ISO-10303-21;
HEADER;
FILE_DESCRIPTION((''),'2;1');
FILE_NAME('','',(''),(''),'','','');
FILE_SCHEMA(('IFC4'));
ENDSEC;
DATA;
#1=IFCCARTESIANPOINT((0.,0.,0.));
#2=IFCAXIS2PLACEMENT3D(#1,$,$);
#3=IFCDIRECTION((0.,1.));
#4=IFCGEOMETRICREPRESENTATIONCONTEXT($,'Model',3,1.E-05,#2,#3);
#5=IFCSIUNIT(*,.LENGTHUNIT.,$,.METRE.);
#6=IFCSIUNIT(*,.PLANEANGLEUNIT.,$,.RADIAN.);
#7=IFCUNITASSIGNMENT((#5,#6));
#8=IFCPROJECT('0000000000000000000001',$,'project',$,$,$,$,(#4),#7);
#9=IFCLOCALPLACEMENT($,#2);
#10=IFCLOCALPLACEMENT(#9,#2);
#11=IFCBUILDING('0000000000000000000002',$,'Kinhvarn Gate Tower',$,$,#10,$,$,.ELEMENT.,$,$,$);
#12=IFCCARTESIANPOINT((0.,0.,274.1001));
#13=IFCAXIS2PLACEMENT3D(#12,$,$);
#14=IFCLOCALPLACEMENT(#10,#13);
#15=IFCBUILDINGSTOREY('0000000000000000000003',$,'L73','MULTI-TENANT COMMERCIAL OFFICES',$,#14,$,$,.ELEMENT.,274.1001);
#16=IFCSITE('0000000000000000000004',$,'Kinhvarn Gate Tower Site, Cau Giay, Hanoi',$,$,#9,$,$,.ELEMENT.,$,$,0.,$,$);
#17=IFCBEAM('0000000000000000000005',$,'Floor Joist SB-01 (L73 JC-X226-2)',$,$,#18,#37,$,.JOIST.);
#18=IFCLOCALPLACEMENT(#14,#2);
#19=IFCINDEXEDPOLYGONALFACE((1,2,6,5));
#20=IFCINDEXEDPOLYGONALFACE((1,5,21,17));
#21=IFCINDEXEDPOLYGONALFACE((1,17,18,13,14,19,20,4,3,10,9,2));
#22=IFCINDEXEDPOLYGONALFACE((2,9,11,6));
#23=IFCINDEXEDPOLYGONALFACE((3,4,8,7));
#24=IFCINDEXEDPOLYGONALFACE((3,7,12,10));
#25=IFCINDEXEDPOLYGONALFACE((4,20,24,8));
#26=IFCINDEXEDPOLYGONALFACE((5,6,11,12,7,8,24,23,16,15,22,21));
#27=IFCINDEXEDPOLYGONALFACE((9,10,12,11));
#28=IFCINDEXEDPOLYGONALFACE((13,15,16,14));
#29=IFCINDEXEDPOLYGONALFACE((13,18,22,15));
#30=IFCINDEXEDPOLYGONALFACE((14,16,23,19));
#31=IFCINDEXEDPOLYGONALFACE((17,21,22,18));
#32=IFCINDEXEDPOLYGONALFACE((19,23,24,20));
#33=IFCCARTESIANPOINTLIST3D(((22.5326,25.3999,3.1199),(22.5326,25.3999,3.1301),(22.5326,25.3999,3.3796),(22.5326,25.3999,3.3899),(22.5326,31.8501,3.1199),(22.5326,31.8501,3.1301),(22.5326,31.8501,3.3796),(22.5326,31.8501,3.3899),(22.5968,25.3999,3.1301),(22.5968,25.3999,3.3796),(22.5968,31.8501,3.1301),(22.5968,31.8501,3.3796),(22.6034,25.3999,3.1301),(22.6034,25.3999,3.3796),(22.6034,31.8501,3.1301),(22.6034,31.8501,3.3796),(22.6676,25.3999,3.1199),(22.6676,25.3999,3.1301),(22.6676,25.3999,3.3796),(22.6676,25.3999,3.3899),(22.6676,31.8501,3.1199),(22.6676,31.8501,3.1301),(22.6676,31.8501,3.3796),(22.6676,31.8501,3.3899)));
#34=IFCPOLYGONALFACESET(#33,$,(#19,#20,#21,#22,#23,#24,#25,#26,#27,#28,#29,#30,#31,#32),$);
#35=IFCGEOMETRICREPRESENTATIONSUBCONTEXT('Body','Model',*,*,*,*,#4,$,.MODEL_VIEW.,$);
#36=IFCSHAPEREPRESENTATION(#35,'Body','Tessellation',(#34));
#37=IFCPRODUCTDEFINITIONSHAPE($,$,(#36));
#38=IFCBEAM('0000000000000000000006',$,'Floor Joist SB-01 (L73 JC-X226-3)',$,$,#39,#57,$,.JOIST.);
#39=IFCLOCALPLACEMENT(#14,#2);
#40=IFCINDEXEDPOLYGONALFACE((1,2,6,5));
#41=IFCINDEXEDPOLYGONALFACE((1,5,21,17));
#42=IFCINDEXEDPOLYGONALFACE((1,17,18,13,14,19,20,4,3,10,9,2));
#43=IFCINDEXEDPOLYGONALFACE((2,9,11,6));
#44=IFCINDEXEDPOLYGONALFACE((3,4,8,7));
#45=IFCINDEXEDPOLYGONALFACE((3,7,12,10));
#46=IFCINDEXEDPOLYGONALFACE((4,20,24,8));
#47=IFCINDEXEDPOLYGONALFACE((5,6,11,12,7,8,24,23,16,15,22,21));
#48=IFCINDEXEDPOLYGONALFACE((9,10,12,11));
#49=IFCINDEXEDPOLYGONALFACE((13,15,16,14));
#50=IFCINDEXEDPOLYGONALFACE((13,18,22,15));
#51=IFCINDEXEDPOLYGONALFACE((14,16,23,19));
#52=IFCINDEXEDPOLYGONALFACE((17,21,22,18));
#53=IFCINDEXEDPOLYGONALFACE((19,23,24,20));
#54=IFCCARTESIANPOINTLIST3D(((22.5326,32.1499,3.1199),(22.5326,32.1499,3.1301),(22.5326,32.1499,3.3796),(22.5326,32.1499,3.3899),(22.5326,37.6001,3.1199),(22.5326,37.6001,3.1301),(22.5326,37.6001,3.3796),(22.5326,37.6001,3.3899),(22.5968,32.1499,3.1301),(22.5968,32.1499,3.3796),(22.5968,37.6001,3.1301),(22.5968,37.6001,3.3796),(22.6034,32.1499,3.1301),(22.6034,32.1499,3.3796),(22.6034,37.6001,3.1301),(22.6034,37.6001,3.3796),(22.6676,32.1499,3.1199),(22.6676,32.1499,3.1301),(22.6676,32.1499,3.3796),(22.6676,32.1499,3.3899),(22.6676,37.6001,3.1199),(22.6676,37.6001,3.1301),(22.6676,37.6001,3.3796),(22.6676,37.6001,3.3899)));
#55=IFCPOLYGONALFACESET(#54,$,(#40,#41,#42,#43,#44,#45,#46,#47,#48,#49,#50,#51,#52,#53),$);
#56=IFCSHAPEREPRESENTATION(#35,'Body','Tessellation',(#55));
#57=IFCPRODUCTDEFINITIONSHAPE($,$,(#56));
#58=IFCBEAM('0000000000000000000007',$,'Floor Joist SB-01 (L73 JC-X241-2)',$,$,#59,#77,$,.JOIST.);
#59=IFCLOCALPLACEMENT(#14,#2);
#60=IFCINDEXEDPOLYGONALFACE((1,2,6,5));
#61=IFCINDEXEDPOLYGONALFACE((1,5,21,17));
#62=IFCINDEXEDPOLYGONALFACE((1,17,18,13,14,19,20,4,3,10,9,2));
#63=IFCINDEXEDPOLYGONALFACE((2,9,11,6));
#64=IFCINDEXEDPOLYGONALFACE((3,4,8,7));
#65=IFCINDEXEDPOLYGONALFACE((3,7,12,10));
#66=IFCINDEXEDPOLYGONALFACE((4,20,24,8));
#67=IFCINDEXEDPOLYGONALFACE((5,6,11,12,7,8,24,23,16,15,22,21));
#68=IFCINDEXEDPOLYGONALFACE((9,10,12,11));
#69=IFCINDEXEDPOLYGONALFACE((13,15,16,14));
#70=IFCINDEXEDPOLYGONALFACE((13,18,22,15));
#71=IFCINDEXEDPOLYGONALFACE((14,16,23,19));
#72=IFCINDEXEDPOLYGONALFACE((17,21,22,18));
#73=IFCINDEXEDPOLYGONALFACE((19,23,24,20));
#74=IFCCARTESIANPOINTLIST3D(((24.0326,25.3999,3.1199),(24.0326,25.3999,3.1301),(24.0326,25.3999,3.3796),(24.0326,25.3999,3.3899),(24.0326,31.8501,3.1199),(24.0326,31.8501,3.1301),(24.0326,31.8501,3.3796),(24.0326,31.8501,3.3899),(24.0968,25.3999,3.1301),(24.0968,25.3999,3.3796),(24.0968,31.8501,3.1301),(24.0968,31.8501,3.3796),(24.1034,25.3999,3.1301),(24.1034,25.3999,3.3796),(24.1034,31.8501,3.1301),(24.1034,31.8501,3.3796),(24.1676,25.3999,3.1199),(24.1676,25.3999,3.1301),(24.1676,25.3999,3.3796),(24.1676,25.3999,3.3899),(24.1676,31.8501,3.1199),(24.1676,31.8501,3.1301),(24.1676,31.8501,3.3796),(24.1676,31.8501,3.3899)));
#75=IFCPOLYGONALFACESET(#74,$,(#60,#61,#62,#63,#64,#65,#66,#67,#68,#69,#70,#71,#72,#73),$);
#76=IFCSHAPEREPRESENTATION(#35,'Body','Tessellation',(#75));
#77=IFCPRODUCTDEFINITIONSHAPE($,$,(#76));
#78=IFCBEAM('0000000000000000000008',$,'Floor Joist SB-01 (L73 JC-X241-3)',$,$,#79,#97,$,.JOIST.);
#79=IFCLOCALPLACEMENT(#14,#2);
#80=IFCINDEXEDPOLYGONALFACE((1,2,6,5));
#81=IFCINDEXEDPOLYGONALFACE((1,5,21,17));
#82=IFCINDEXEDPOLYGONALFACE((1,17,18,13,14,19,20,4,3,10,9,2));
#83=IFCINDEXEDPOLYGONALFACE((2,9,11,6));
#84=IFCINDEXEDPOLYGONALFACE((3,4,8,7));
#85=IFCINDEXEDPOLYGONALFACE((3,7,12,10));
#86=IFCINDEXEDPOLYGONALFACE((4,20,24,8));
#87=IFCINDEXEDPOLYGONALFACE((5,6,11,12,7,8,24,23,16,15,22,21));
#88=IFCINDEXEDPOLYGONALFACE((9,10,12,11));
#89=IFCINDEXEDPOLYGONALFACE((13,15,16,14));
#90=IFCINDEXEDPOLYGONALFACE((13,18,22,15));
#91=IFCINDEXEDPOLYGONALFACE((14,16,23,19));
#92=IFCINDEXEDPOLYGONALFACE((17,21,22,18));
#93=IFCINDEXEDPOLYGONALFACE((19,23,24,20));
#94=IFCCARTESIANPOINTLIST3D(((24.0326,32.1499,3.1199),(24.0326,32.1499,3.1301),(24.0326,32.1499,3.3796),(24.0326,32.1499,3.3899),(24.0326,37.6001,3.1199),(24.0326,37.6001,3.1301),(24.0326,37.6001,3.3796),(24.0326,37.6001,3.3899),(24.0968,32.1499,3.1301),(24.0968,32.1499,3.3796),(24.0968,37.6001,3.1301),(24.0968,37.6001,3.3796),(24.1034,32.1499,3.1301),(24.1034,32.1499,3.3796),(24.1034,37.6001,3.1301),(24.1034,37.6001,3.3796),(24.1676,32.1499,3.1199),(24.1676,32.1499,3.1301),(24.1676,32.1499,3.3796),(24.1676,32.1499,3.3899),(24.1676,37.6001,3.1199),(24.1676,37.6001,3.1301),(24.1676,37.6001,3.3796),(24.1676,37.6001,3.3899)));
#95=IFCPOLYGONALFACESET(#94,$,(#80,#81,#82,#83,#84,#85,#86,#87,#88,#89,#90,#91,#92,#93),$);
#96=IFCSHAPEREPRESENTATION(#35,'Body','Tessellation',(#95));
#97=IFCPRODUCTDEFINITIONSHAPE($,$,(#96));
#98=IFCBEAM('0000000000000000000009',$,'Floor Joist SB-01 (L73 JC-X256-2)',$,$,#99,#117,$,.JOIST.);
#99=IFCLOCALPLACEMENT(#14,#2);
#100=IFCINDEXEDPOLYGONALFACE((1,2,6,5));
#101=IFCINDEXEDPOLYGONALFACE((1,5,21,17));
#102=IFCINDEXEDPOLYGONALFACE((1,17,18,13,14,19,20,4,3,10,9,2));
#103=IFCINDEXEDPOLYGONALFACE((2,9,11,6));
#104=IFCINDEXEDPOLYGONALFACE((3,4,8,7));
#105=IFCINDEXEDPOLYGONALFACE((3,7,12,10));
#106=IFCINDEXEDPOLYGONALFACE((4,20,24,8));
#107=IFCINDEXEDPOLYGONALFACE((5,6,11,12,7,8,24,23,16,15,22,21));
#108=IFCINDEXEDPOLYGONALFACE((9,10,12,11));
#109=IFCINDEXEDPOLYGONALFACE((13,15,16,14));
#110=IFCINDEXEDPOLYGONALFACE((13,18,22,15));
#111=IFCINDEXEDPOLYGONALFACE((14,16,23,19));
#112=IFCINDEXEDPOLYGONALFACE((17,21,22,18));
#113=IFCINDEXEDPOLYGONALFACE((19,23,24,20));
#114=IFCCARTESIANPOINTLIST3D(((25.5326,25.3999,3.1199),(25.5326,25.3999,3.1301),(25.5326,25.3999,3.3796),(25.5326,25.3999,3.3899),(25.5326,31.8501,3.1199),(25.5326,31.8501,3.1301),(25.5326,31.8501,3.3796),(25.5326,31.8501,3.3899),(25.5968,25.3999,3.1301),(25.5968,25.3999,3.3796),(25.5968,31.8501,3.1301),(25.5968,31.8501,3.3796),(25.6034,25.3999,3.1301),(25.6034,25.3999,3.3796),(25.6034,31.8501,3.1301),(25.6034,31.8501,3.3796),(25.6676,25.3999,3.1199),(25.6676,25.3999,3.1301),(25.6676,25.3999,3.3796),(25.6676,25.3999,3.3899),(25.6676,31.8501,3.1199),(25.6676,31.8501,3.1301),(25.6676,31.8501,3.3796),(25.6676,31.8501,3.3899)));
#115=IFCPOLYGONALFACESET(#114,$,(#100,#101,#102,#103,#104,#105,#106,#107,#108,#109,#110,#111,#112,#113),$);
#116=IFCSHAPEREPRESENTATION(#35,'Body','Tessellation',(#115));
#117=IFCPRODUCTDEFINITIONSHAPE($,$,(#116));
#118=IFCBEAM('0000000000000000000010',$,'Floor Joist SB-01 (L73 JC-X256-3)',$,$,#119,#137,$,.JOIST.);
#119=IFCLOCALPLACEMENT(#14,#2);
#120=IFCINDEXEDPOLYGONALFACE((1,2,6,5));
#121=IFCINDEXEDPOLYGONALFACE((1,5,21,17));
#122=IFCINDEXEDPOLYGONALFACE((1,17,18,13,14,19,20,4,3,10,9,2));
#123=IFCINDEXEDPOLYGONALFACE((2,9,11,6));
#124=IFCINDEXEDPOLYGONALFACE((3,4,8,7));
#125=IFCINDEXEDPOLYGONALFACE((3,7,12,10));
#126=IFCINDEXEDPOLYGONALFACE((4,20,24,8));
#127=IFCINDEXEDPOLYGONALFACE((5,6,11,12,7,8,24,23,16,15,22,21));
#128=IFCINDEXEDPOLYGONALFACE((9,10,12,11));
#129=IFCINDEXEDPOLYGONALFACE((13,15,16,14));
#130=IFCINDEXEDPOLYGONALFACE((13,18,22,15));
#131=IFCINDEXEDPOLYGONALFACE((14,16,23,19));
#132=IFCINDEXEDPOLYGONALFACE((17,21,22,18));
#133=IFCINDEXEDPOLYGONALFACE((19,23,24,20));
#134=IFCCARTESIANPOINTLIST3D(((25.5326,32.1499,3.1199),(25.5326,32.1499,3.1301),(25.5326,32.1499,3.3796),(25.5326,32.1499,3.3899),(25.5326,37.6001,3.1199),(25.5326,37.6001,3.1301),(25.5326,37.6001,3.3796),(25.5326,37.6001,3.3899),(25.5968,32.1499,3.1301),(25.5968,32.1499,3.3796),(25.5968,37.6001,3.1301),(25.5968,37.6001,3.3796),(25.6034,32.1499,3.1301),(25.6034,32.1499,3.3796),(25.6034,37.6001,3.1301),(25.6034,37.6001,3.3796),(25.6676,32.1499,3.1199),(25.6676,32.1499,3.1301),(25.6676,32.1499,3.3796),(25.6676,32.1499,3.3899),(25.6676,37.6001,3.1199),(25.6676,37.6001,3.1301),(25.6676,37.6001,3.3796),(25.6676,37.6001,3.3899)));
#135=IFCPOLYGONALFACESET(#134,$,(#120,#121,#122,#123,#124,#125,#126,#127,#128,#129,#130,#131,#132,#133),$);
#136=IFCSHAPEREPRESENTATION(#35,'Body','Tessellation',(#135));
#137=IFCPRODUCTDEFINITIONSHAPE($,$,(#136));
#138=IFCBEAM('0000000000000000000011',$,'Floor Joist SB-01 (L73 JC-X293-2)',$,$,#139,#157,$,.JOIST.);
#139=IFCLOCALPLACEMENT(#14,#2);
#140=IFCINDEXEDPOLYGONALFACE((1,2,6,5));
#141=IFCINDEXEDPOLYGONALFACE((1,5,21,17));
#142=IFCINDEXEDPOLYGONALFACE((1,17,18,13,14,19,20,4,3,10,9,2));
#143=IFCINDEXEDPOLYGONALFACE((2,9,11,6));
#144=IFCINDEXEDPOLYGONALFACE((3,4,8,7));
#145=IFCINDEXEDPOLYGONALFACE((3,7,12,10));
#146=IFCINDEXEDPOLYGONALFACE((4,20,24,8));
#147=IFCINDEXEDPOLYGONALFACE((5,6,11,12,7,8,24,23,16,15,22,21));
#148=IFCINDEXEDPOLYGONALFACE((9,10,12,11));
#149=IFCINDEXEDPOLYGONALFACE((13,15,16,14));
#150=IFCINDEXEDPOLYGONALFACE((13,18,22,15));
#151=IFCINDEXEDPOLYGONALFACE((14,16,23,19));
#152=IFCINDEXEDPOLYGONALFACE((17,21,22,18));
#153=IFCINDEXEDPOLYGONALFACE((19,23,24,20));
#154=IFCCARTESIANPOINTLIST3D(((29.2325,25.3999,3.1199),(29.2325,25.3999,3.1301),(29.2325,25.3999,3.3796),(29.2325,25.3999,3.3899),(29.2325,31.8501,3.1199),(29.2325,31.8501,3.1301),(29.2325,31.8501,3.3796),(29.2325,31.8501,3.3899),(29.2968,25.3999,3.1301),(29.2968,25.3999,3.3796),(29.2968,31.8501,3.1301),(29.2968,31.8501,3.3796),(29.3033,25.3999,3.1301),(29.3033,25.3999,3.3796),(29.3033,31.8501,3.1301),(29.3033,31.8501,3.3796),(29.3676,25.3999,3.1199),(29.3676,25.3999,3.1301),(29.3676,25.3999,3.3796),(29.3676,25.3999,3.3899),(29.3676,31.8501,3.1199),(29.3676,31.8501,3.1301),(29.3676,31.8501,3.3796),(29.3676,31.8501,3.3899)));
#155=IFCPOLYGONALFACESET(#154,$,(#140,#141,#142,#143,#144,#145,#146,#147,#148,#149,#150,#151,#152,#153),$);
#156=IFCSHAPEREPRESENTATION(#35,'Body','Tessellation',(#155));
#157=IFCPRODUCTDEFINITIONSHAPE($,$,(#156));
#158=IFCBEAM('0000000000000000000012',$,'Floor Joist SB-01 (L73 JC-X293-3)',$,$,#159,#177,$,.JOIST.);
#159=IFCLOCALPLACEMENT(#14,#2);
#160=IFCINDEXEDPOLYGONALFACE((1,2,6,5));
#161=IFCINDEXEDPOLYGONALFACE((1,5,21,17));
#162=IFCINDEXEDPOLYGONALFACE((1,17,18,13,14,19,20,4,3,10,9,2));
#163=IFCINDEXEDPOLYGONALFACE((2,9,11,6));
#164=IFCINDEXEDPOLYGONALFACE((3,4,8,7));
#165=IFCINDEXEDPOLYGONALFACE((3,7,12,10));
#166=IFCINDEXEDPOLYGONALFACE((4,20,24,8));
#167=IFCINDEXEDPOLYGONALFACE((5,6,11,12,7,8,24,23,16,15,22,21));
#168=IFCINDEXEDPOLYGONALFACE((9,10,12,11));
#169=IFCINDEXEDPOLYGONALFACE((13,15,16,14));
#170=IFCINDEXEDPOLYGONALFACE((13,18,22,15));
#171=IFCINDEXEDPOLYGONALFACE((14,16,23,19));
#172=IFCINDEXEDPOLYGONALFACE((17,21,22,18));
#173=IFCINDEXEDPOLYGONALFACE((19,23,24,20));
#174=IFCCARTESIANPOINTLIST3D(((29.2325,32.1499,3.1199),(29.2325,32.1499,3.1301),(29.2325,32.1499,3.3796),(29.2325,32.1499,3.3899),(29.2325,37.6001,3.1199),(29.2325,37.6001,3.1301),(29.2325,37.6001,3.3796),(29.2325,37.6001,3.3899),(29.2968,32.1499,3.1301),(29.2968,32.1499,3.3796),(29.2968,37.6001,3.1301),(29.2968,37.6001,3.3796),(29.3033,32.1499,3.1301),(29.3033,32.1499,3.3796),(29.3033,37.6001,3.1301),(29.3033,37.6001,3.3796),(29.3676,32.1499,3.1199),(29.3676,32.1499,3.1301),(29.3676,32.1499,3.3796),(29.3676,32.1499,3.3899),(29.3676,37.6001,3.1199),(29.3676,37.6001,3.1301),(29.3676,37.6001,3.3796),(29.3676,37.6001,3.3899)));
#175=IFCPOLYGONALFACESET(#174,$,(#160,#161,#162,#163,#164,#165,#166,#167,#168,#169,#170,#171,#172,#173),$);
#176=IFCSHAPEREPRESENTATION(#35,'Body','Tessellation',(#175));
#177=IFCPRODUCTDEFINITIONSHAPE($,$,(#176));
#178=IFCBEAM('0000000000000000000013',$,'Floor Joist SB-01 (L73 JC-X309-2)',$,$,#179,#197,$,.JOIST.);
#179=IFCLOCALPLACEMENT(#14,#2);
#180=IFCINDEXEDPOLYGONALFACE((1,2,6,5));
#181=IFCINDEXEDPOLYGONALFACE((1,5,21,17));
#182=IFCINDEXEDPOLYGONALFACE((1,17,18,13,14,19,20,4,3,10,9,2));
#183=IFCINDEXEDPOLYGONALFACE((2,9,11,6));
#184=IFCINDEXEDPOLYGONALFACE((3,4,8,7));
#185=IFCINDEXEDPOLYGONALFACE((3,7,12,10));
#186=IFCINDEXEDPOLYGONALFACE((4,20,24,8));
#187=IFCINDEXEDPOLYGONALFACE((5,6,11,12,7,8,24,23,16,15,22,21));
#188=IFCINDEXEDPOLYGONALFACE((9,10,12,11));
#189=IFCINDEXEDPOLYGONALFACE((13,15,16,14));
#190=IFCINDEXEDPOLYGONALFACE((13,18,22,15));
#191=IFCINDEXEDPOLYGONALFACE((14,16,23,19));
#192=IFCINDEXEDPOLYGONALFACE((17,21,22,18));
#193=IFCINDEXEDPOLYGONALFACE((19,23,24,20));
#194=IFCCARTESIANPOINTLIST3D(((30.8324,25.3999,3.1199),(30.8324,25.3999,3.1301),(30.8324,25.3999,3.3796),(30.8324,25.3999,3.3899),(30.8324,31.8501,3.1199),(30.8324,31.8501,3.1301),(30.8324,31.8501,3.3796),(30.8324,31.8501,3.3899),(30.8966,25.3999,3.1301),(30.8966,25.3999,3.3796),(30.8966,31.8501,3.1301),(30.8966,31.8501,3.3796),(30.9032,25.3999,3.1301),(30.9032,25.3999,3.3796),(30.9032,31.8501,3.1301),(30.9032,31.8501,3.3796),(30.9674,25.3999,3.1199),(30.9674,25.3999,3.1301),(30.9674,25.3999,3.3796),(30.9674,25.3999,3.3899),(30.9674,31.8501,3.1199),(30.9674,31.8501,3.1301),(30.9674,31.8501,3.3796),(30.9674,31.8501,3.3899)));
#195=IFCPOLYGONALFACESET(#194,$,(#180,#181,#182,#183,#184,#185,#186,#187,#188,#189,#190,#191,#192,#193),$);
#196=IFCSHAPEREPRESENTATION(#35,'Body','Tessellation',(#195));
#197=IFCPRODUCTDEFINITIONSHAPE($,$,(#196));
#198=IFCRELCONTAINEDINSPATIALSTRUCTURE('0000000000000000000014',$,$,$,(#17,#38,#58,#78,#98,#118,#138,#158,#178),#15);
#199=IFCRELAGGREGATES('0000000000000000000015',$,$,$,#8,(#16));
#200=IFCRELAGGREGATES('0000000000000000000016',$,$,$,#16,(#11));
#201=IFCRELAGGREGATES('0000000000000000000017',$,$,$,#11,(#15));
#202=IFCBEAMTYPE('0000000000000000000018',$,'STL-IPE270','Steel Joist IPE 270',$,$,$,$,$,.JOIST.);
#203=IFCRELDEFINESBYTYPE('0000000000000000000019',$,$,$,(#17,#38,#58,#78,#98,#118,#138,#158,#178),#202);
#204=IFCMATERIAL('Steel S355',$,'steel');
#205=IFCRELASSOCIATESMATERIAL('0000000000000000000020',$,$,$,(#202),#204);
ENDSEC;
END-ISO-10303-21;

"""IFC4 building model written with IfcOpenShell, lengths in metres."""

from ifc_helpers import new_model, si_unit, direction, frame, origin, origin_2d, place, context, subcontext, project, spatial, i_section, extrude, material, material_profile, profile_set, type_object, element, save


model = new_model("IFC4")

# Units and contexts
model_context = context("Model", 3, precision=1e-05, world=origin(), true_north=direction((0.0, 1.0)))
body_context = subcontext(model_context, "Body", "Model", "MODEL_VIEW")
ifc_project = project(units=[si_unit("LENGTHUNIT", "METRE"), si_unit("PLANEANGLEUNIT", "RADIAN")], contexts=[model_context])

# Site, building, storey
site_placement = place(None, origin())
site = spatial("IfcSite", under=ifc_project, at=site_placement, Name="Kinhvarn Gate Tower Site, Cau Giay, Hanoi", CompositionType="ELEMENT", RefElevation=0.0)
building_placement = place(site_placement, origin())
building = spatial("IfcBuilding", under=site, at=building_placement, Name="Kinhvarn Gate Tower", CompositionType="ELEMENT")
storey_placement = place(building_placement, frame((0.0, 0.0, 274.1001)))
storey = spatial("IfcBuildingStorey", under=building, at=storey_placement, Name="L73", Description="MULTI-TENANT COMMERCIAL OFFICES", CompositionType="ELEMENT", Elevation=274.1001)

# Beams
ifc_material_1 = material(Name="Steel S355", Category="steel")
ifc_material_profile = material_profile(ifc_material_1, i_section(OverallWidth=0.135, OverallDepth=0.27, WebThickness=0.0066, FlangeThickness=0.0103, at=origin_2d()), Name="IPE 270")
ifc_profile_set = profile_set([ifc_material_profile], Name="Steel S355")
beam_type = type_object("IfcBeamType", Name="STL-IPE270", Description="Steel Joist IPE 270", PredefinedType="JOIST", material=ifc_profile_set)
beam_1_placement = place(storey_placement, frame((22.6001, 25.3999, 3.2549), z_axis=(0.0, 1.0, 0.0), x_axis=(-1.0, 0.0, 0.0)))
element("IfcBeam", 1, at=beam_1_placement, inside=storey, type_object=beam_type, Name="Floor Joist SB-01 (L73 JC-X226-2)", PredefinedType="JOIST", context=body_context, shape_type="SweptSolid", body=[
    extrude(i_section(OverallWidth=0.135, OverallDepth=0.27, WebThickness=0.0066, FlangeThickness=0.0103, at=origin_2d()), origin(), (0.0, 0.0, 1.0), 6.4502),
])
beam_2_placement = place(storey_placement, frame((22.6001, 32.1499, 3.2549), z_axis=(0.0, 1.0, 0.0), x_axis=(-1.0, 0.0, 0.0)))
element("IfcBeam", 2, at=beam_2_placement, inside=storey, type_object=beam_type, Name="Floor Joist SB-01 (L73 JC-X226-3)", PredefinedType="JOIST", context=body_context, shape_type="SweptSolid", body=[
    extrude(i_section(OverallWidth=0.135, OverallDepth=0.27, WebThickness=0.0066, FlangeThickness=0.0103, at=origin_2d()), origin(), (0.0, 0.0, 1.0), 5.4502),
])
beam_3_placement = place(storey_placement, frame((24.1001, 25.3999, 3.2549), z_axis=(0.0, 1.0, 0.0), x_axis=(-1.0, 0.0, 0.0)))
element("IfcBeam", 3, at=beam_3_placement, inside=storey, type_object=beam_type, Name="Floor Joist SB-01 (L73 JC-X241-2)", PredefinedType="JOIST", context=body_context, shape_type="SweptSolid", body=[
    extrude(i_section(OverallWidth=0.135, OverallDepth=0.27, WebThickness=0.0066, FlangeThickness=0.0103, at=origin_2d()), origin(), (0.0, 0.0, 1.0), 6.4502),
])
beam_4_placement = place(storey_placement, frame((24.1001, 32.1499, 3.2549), z_axis=(0.0, 1.0, 0.0), x_axis=(-1.0, 0.0, 0.0)))
element("IfcBeam", 4, at=beam_4_placement, inside=storey, type_object=beam_type, Name="Floor Joist SB-01 (L73 JC-X241-3)", PredefinedType="JOIST", context=body_context, shape_type="SweptSolid", body=[
    extrude(i_section(OverallWidth=0.135, OverallDepth=0.27, WebThickness=0.0066, FlangeThickness=0.0103, at=origin_2d()), origin(), (0.0, 0.0, 1.0), 5.4502),
])
beam_5_placement = place(storey_placement, frame((25.6001, 25.3999, 3.2549), z_axis=(0.0, 1.0, 0.0), x_axis=(-1.0, 0.0, 0.0)))
element("IfcBeam", 5, at=beam_5_placement, inside=storey, type_object=beam_type, Name="Floor Joist SB-01 (L73 JC-X256-2)", PredefinedType="JOIST", context=body_context, shape_type="SweptSolid", body=[
    extrude(i_section(OverallWidth=0.135, OverallDepth=0.27, WebThickness=0.0066, FlangeThickness=0.0103, at=origin_2d()), origin(), (0.0, 0.0, 1.0), 6.4502),
])
beam_6_placement = place(storey_placement, frame((25.6001, 32.1499, 3.2549), z_axis=(0.0, 1.0, 0.0), x_axis=(-1.0, 0.0, 0.0)))
element("IfcBeam", 6, at=beam_6_placement, inside=storey, type_object=beam_type, Name="Floor Joist SB-01 (L73 JC-X256-3)", PredefinedType="JOIST", context=body_context, shape_type="SweptSolid", body=[
    extrude(i_section(OverallWidth=0.135, OverallDepth=0.27, WebThickness=0.0066, FlangeThickness=0.0103, at=origin_2d()), origin(), (0.0, 0.0, 1.0), 5.4502),
])
beam_7_placement = place(storey_placement, frame((29.3, 25.3999, 3.2549), z_axis=(0.0, 1.0, 0.0), x_axis=(-1.0, 0.0, 0.0)))
element("IfcBeam", 7, at=beam_7_placement, inside=storey, type_object=beam_type, Name="Floor Joist SB-01 (L73 JC-X293-2)", PredefinedType="JOIST", context=body_context, shape_type="SweptSolid", body=[
    extrude(i_section(OverallWidth=0.135, OverallDepth=0.27, WebThickness=0.0066, FlangeThickness=0.0103, at=origin_2d()), origin(), (0.0, 0.0, 1.0), 6.4502),
])
beam_8_placement = place(storey_placement, frame((29.3, 32.1499, 3.2549), z_axis=(0.0, 1.0, 0.0), x_axis=(-1.0, 0.0, 0.0)))
element("IfcBeam", 8, at=beam_8_placement, inside=storey, type_object=beam_type, Name="Floor Joist SB-01 (L73 JC-X293-3)", PredefinedType="JOIST", context=body_context, shape_type="SweptSolid", body=[
    extrude(i_section(OverallWidth=0.135, OverallDepth=0.27, WebThickness=0.0066, FlangeThickness=0.0103, at=origin_2d()), origin(), (0.0, 0.0, 1.0), 5.4502),
])
beam_9_placement = place(storey_placement, frame((30.8999, 25.3999, 3.2549), z_axis=(0.0, 1.0, 0.0), x_axis=(-1.0, 0.0, 0.0)))
element("IfcBeam", 9, at=beam_9_placement, inside=storey, type_object=beam_type, Name="Floor Joist SB-01 (L73 JC-X309-2)", PredefinedType="JOIST", context=body_context, shape_type="SweptSolid", body=[
    extrude(i_section(OverallWidth=0.135, OverallDepth=0.27, WebThickness=0.0066, FlangeThickness=0.0103, at=origin_2d()), origin(), (0.0, 0.0, 1.0), 6.4502),
])

save(model, "model.ifc")
